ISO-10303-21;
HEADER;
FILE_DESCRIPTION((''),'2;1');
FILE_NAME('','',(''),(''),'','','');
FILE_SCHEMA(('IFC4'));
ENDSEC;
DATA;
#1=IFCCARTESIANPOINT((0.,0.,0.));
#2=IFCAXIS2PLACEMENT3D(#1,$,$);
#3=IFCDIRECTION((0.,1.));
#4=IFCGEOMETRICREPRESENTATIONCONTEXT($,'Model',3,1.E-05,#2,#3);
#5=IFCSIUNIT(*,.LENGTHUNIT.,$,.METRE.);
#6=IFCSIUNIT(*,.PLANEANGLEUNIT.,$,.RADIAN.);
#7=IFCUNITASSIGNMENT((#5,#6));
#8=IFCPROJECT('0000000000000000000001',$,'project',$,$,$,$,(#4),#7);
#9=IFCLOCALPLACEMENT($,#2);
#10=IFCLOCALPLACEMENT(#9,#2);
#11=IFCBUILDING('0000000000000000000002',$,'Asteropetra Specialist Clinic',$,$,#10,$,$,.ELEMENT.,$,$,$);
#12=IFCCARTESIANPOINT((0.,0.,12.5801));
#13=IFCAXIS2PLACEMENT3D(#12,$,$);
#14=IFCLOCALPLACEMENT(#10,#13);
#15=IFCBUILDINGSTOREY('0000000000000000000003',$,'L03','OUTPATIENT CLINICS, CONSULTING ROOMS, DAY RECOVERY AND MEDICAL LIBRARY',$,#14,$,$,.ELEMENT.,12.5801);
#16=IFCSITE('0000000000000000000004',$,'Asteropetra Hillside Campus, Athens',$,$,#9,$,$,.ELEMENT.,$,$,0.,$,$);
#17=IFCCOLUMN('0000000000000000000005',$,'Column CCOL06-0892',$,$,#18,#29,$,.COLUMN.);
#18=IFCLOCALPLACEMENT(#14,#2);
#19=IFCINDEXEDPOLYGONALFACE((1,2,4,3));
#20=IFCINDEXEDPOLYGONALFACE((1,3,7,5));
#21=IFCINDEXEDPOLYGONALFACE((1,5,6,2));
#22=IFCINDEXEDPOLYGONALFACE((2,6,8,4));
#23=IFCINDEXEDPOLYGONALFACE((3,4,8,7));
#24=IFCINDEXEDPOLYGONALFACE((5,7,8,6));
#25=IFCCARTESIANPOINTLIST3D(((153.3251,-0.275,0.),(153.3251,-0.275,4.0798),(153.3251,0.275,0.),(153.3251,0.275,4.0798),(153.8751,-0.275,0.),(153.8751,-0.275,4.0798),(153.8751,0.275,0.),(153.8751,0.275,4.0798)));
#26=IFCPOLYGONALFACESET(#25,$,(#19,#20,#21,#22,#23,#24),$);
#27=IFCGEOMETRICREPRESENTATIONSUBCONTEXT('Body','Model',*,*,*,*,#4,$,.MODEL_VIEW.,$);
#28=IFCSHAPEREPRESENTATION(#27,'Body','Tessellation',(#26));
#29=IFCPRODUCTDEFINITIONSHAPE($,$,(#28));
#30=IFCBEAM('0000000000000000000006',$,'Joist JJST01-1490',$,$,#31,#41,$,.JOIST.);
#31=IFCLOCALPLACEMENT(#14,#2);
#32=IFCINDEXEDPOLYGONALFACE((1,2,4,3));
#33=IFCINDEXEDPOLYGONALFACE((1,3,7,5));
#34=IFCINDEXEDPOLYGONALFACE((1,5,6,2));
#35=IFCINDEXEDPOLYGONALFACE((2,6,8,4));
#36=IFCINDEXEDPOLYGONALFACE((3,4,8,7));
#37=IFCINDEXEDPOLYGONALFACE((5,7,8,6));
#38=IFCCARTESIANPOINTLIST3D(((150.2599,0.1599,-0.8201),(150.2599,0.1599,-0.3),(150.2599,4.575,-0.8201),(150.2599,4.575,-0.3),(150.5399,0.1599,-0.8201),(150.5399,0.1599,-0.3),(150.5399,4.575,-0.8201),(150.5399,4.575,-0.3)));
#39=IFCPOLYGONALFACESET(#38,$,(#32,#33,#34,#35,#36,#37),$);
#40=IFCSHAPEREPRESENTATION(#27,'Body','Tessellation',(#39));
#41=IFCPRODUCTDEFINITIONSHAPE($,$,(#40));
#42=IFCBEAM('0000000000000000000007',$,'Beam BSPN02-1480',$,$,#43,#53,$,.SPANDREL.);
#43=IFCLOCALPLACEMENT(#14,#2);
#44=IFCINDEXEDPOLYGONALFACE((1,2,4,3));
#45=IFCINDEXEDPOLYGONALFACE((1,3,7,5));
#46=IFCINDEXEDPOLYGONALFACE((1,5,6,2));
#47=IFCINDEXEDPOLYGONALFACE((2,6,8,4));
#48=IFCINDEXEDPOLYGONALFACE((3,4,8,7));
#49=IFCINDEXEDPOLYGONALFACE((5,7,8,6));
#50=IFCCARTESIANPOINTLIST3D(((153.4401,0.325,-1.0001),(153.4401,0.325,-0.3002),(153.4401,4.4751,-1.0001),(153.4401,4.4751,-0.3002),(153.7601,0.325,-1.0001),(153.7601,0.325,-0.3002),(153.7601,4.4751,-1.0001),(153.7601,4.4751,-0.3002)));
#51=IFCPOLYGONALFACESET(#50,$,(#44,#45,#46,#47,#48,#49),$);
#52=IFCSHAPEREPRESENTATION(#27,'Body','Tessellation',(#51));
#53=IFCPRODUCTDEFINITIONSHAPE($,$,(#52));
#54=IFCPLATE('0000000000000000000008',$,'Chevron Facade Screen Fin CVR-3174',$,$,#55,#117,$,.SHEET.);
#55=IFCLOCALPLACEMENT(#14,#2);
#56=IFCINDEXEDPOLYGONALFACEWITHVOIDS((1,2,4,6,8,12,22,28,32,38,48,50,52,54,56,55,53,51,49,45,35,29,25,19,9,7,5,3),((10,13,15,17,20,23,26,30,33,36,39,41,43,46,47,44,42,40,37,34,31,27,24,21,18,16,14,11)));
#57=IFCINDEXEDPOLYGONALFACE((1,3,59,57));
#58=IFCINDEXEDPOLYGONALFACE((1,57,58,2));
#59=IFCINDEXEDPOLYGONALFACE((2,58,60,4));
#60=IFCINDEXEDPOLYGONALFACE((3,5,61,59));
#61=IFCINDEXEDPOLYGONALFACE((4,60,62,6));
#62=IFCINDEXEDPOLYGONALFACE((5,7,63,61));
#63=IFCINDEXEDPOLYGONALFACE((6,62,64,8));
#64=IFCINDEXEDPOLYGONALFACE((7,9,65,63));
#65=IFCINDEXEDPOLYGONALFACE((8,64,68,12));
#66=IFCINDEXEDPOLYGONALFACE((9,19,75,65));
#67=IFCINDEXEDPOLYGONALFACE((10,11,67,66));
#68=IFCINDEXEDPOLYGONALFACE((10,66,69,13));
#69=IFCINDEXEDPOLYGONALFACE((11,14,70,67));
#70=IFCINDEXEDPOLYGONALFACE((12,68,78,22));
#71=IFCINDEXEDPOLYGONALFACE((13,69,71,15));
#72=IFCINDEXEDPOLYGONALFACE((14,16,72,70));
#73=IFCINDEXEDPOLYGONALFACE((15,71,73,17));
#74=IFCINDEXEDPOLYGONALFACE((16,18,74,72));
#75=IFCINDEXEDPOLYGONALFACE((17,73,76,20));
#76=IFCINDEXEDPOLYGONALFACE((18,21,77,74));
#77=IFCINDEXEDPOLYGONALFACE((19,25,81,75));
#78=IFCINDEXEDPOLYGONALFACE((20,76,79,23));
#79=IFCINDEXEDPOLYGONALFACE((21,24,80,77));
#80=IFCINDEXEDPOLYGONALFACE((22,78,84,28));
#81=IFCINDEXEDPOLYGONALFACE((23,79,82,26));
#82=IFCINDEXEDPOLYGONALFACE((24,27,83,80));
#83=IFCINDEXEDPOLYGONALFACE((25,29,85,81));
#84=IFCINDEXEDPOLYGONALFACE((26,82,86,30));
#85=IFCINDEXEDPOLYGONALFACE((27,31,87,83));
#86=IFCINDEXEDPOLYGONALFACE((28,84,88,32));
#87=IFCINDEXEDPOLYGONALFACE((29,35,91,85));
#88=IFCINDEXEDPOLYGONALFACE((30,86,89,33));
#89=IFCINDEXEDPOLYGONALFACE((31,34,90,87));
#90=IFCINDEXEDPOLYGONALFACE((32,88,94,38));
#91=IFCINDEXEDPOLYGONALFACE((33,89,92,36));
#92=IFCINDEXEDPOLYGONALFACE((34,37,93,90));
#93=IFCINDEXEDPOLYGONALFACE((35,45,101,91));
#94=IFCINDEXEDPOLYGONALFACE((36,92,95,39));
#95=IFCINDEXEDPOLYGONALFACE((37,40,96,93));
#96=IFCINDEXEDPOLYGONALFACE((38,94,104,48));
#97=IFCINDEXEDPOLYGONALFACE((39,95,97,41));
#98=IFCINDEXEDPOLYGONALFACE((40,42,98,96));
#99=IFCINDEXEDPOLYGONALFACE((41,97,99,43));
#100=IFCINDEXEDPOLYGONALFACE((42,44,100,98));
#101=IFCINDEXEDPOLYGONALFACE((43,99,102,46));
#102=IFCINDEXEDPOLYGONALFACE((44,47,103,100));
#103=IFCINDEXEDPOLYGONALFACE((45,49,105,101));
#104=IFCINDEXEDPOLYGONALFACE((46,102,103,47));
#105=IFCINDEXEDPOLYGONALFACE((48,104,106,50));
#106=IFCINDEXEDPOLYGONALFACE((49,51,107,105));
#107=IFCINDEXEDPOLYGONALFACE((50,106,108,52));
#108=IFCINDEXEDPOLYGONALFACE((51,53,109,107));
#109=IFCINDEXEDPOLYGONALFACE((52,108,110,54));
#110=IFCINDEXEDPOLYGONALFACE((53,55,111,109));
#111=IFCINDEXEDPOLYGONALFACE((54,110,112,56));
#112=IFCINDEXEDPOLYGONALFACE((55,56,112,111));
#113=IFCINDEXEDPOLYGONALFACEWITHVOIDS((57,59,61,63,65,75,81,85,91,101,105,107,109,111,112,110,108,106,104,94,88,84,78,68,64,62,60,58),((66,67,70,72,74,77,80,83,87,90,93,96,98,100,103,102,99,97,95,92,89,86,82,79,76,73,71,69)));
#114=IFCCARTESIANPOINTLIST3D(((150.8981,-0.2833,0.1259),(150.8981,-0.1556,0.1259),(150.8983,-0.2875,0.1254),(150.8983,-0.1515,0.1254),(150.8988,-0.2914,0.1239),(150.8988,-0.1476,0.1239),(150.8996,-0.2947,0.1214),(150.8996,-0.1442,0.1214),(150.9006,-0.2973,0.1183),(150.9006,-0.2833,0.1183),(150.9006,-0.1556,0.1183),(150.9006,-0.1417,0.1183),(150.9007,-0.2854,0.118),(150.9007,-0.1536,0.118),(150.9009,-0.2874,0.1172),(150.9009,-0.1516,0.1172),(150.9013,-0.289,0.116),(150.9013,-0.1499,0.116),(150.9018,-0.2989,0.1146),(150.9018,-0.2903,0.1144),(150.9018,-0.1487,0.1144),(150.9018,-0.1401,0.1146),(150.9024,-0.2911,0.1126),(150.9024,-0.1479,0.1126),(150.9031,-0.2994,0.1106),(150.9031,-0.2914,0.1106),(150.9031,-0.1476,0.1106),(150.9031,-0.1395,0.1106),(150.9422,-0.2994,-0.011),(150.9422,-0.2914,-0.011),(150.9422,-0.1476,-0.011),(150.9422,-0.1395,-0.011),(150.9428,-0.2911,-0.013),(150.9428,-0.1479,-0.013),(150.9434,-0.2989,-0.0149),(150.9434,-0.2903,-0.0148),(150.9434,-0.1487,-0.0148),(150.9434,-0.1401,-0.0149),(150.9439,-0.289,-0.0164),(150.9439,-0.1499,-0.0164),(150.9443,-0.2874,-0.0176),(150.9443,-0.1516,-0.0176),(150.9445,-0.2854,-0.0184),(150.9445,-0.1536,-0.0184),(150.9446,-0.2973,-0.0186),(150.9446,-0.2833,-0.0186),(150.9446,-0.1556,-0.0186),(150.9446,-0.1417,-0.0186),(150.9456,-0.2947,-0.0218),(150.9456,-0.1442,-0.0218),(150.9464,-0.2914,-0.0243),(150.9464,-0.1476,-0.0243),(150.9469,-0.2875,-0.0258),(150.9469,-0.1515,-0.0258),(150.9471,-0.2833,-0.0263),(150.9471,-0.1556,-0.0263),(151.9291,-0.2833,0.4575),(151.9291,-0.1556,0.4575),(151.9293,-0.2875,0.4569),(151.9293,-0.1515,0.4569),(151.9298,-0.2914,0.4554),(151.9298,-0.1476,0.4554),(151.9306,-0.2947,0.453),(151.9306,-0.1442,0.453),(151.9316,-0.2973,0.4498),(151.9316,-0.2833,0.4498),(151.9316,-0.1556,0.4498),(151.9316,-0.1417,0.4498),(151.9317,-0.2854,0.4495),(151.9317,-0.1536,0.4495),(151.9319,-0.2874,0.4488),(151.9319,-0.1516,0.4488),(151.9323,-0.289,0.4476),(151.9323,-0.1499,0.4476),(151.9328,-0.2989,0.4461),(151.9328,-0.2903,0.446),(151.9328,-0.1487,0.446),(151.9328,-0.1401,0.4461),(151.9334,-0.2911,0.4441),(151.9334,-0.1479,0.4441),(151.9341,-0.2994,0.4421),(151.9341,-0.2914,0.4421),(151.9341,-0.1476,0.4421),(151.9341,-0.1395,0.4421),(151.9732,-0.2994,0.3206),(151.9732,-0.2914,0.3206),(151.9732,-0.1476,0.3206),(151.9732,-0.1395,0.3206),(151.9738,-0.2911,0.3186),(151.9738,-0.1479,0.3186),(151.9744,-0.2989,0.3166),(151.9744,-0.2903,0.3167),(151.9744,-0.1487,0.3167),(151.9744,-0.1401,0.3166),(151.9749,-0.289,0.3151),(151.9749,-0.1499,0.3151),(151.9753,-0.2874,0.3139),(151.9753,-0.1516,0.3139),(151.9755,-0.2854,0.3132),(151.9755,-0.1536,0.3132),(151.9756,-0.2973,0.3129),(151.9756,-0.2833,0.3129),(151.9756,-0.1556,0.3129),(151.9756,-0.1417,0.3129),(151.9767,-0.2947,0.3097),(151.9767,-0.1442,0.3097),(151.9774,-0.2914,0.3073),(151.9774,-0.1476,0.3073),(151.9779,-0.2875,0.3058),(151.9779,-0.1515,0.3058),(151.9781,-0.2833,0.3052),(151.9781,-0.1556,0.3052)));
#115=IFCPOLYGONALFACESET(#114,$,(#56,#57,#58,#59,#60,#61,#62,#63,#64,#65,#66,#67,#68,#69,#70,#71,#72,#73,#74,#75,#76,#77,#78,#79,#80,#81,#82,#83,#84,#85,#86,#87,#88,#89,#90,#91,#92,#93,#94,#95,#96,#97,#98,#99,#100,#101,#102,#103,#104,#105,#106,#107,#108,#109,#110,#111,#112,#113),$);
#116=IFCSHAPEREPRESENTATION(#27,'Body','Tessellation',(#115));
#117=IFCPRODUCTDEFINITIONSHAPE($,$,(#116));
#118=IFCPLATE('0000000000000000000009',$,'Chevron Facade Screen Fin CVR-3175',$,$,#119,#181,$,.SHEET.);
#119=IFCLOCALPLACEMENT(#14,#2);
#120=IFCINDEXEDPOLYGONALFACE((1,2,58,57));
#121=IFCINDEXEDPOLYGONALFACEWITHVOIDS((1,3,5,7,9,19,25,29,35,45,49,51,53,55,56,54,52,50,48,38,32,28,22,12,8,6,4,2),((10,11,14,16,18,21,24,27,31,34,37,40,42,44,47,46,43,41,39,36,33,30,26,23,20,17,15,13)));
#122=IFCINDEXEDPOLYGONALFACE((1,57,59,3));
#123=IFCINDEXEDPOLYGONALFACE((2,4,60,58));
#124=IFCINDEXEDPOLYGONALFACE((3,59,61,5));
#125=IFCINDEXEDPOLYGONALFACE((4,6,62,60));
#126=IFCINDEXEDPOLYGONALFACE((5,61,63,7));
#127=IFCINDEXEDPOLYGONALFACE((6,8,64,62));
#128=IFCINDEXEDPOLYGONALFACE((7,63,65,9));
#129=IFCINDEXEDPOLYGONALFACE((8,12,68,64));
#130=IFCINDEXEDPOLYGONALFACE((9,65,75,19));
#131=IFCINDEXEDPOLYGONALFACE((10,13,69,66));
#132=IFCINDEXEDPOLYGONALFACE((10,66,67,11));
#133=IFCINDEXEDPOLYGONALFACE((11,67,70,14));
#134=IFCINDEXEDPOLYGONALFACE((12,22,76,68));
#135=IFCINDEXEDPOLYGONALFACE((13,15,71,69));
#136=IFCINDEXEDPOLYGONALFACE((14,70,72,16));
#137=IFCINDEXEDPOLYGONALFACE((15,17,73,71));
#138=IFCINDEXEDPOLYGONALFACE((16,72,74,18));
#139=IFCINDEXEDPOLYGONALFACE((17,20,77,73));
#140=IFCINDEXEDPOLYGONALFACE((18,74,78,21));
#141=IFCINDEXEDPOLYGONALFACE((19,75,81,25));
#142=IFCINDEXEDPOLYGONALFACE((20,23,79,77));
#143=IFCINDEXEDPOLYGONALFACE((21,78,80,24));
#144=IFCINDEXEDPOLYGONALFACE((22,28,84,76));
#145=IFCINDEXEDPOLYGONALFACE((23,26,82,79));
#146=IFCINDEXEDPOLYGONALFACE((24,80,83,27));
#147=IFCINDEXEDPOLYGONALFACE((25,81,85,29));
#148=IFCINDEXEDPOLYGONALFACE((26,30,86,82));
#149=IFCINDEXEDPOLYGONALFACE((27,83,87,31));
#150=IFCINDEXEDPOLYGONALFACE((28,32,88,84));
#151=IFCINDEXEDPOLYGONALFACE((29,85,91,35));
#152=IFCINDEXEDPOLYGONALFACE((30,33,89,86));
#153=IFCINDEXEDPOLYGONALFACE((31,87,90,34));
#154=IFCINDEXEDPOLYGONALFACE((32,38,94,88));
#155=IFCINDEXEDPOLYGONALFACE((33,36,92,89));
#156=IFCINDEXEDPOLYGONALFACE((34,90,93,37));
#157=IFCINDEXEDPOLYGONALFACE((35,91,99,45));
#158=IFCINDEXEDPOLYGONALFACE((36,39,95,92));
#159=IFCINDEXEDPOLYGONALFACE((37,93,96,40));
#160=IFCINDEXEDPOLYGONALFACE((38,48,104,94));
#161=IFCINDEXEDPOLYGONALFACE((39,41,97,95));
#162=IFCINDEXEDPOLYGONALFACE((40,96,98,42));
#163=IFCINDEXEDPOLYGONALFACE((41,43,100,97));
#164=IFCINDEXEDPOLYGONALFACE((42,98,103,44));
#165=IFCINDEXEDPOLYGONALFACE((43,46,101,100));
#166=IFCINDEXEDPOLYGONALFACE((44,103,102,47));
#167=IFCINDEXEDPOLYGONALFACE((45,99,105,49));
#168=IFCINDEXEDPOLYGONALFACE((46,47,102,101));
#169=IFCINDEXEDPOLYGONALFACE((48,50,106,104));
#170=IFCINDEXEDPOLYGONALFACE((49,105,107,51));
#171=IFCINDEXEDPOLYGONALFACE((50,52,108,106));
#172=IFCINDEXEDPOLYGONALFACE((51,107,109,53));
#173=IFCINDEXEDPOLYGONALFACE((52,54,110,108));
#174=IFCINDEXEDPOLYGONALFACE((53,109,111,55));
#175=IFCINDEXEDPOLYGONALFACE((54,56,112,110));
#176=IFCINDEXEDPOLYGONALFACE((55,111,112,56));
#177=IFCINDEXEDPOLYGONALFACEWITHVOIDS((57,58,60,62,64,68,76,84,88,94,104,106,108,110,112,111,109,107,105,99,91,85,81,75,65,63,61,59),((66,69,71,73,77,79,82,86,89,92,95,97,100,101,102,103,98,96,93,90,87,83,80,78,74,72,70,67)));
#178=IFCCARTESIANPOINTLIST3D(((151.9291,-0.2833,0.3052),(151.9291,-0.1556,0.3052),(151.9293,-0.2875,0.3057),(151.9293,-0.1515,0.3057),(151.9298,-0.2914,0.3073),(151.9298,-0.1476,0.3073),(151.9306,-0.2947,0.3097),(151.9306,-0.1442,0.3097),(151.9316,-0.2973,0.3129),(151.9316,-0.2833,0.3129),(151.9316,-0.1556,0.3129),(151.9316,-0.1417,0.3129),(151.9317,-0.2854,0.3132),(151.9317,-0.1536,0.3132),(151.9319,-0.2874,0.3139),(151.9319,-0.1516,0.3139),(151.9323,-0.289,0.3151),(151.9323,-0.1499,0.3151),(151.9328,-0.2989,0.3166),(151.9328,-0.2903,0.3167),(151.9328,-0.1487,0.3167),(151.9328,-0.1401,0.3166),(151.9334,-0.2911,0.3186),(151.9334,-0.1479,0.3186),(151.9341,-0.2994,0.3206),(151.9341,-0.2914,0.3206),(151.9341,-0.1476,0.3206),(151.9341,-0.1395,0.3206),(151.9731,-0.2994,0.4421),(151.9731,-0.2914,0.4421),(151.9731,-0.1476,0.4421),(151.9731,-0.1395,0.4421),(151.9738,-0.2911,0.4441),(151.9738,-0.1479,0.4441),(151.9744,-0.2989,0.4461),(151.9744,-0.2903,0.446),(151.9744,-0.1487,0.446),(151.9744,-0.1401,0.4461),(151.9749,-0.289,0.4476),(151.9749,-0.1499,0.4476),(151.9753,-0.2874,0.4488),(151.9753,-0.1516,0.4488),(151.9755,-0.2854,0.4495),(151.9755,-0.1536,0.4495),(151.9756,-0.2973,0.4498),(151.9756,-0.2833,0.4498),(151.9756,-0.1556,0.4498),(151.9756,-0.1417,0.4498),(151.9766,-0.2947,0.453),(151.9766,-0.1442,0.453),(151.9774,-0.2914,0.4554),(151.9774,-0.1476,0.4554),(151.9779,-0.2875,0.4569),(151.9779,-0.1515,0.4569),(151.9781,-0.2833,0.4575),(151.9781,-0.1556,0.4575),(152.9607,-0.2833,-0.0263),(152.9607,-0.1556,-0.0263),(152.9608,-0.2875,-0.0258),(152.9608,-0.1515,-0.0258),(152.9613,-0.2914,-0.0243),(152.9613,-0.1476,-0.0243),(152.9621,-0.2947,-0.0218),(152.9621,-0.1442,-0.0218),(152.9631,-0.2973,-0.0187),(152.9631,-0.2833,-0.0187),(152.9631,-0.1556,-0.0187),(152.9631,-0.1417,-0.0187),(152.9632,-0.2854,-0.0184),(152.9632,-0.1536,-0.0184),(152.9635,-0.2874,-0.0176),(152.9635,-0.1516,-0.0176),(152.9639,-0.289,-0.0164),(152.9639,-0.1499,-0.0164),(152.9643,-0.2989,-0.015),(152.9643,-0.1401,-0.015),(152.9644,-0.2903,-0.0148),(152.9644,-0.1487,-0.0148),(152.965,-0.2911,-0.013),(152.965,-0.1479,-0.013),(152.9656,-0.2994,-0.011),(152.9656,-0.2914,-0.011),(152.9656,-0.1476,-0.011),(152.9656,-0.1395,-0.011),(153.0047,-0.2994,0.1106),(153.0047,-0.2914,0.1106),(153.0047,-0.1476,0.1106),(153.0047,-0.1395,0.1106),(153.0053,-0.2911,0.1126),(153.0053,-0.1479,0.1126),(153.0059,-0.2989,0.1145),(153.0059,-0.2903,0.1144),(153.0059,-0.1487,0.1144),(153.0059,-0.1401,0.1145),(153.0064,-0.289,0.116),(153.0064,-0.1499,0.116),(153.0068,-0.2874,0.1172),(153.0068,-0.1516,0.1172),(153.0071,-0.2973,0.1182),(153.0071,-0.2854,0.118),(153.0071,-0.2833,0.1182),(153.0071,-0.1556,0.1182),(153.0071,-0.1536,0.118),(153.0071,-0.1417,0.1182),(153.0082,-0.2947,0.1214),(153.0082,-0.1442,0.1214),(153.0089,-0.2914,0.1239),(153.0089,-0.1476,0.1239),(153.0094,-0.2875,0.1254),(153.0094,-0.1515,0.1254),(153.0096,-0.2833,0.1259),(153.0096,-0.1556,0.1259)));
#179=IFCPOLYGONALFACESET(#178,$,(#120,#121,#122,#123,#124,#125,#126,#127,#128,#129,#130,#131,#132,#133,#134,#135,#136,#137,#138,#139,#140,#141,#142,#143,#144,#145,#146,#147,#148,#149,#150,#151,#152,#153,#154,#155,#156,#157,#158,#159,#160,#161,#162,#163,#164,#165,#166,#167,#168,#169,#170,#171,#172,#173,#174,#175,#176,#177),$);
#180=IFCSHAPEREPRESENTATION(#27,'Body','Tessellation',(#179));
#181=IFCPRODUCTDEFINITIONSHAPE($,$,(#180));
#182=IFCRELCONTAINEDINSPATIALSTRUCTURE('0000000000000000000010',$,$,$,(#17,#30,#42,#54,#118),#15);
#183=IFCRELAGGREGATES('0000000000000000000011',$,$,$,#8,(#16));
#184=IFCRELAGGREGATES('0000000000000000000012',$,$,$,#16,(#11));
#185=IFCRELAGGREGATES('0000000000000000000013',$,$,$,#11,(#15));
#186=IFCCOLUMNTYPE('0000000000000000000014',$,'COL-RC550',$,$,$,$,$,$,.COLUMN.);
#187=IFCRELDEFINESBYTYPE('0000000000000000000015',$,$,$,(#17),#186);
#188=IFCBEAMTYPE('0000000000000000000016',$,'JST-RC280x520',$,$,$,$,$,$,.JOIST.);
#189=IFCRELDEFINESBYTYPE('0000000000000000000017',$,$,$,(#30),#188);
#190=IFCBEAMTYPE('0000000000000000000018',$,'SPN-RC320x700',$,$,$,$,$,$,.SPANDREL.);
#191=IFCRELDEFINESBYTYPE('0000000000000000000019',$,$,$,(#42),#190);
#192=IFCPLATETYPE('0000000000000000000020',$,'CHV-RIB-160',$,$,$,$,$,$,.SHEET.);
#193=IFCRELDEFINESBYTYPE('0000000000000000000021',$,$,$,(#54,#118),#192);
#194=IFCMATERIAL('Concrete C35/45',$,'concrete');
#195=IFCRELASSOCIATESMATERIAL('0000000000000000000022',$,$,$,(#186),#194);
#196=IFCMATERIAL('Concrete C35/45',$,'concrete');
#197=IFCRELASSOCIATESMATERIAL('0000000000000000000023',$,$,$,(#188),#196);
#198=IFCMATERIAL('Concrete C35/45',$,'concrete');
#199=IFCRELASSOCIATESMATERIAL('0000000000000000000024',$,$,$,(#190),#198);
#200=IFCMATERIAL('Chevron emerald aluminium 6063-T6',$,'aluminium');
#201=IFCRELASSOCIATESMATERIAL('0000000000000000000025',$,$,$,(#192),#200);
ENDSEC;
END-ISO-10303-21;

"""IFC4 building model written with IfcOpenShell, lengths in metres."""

from ifc_helpers import new_model, si_unit, direction, frame, origin, origin_2d, place, context, subcontext, project, spatial, rectangle, hollow_rectangle, extrude, material, material_profile, profile_set, type_object, element, save


model = new_model("IFC4")

# Units and contexts
model_context = context("Model", 3, precision=1e-05, world=origin(), true_north=direction((0.0, 1.0)))
body_context = subcontext(model_context, "Body", "Model", "MODEL_VIEW")
ifc_project = project(units=[si_unit("LENGTHUNIT", "METRE"), si_unit("PLANEANGLEUNIT", "RADIAN")], contexts=[model_context])

# Site, building, storey
site_placement = place(None, origin())
site = spatial("IfcSite", under=ifc_project, at=site_placement, Name="Asteropetra Hillside Campus, Athens", CompositionType="ELEMENT", RefElevation=0.0)
building_placement = place(site_placement, origin())
building = spatial("IfcBuilding", under=site, at=building_placement, Name="Asteropetra Specialist Clinic", CompositionType="ELEMENT")
storey_placement = place(building_placement, frame((0.0, 0.0, 12.5801)))
storey = spatial("IfcBuildingStorey", under=building, at=storey_placement, Name="L03", Description="OUTPATIENT CLINICS, CONSULTING ROOMS, DAY RECOVERY AND MEDICAL LIBRARY", CompositionType="ELEMENT", Elevation=12.5801)

# Column
ifc_material_1 = material(Name="Concrete C35/45", Category="concrete")
ifc_material_profile_1 = material_profile(ifc_material_1, rectangle(XDim=0.55, YDim=0.55, at=origin_2d()), Name="RC 550x550")
ifc_profile_set_1 = profile_set([ifc_material_profile_1], Name="Concrete C35/45")
column_type = type_object("IfcColumnType", Name="COL-RC550", PredefinedType="COLUMN", material=ifc_profile_set_1)
column_placement = place(storey_placement, frame((153.6001, 0.0, 0.0), z_axis=(0.0, 0.0, 1.0), x_axis=(1.0, 0.0, 0.0)))
element("IfcColumn", 1, at=column_placement, inside=storey, type_object=column_type, Name="Column CCOL06-0892", PredefinedType="COLUMN", context=body_context, shape_type="SweptSolid", body=[
    extrude(rectangle(XDim=0.55, YDim=0.55, at=origin_2d()), origin(), (0.0, 0.0, 1.0), 4.0798),
])

# Beams
ifc_material_2 = material(Name="Concrete C35/45", Category="concrete")
ifc_material_profile_2 = material_profile(ifc_material_2, rectangle(XDim=0.28, YDim=0.52, at=origin_2d()), Name="RCJ 280x520")
ifc_profile_set_2 = profile_set([ifc_material_profile_2], Name="Concrete C35/45")
beam_type_1 = type_object("IfcBeamType", Name="JST-RC280x520", PredefinedType="JOIST", material=ifc_profile_set_2)
beam_1_placement = place(storey_placement, frame((150.3999, 0.1599, -0.5601), z_axis=(0.0, 1.0, 0.0), x_axis=(-1.0, 0.0, 0.0)))
element("IfcBeam", 2, at=beam_1_placement, inside=storey, type_object=beam_type_1, Name="Joist JJST01-1490", PredefinedType="JOIST", context=body_context, shape_type="SweptSolid", body=[
    extrude(rectangle(XDim=0.28, YDim=0.52, at=origin_2d()), origin(), (0.0, 0.0, 1.0), 4.415),
])
ifc_material_3 = material(Name="Concrete C35/45", Category="concrete")
ifc_material_profile_3 = material_profile(ifc_material_3, rectangle(XDim=0.3201, YDim=0.7, at=origin_2d()), Name="RCS 320x700")
ifc_profile_set_3 = profile_set([ifc_material_profile_3], Name="Concrete C35/45")
beam_type_2 = type_object("IfcBeamType", Name="SPN-RC320x700", PredefinedType="SPANDREL", material=ifc_profile_set_3)
beam_2_placement = place(storey_placement, frame((153.6001, 0.325, -0.6501), z_axis=(0.0, 1.0, 0.0), x_axis=(-1.0, 0.0, 0.0)))
element("IfcBeam", 3, at=beam_2_placement, inside=storey, type_object=beam_type_2, Name="Beam BSPN02-1480", PredefinedType="SPANDREL", context=body_context, shape_type="SweptSolid", body=[
    extrude(rectangle(XDim=0.3201, YDim=0.7, at=origin_2d()), origin(), (0.0, 0.0, 1.0), 4.1501),
])

# Plates
ifc_material_4 = material(Name="Chevron emerald aluminium 6063-T6", Category="aluminium")
ifc_material_profile_4 = material_profile(ifc_material_4, hollow_rectangle(XDim=0.1599, YDim=0.1599, WallThickness=0.0081, InnerFilletRadius=0.0081, OuterFilletRadius=0.0161, at=origin_2d()), Name="SHS 160x160x8.0")
ifc_profile_set_4 = profile_set([ifc_material_profile_4], Name="Chevron emerald aluminium 6063-T6")
plate_type_1 = type_object("IfcPlateType", Name="CHV-RIB-160", PredefinedType="SHEET", material=ifc_profile_set_4)
plate_1_placement = place(storey_placement, frame((150.9226, -0.2195, 0.0498), z_axis=(0.951989, 0.0, 0.306133), x_axis=(0.0, 1.0, 0.0)))
element("IfcPlate", 4, at=plate_1_placement, inside=storey, type_object=plate_type_1, Name="Chevron Facade Screen Fin CVR-3174", PredefinedType="SHEET", context=body_context, shape_type="SweptSolid", body=[
    extrude(hollow_rectangle(XDim=0.1599, YDim=0.1599, WallThickness=0.0081, InnerFilletRadius=0.0081, OuterFilletRadius=0.0161, at=origin_2d()), origin(), (0.0, 0.0, 1.0), 1.083),
])
plate_2_placement = place(storey_placement, frame((151.9536, -0.2195, 0.3813), z_axis=(0.952031, 0.0, -0.306002), x_axis=(0.0, 1.0, 0.0)))
element("IfcPlate", 5, at=plate_2_placement, inside=storey, type_object=plate_type_1, Name="Chevron Facade Screen Fin CVR-3175", PredefinedType="SHEET", context=body_context, shape_type="SweptSolid", body=[
    extrude(hollow_rectangle(XDim=0.1599, YDim=0.1599, WallThickness=0.0081, InnerFilletRadius=0.0081, OuterFilletRadius=0.0161, at=origin_2d()), origin(), (0.0, 0.0, 1.0), 1.0835),
])

save(model, "model.ifc")
